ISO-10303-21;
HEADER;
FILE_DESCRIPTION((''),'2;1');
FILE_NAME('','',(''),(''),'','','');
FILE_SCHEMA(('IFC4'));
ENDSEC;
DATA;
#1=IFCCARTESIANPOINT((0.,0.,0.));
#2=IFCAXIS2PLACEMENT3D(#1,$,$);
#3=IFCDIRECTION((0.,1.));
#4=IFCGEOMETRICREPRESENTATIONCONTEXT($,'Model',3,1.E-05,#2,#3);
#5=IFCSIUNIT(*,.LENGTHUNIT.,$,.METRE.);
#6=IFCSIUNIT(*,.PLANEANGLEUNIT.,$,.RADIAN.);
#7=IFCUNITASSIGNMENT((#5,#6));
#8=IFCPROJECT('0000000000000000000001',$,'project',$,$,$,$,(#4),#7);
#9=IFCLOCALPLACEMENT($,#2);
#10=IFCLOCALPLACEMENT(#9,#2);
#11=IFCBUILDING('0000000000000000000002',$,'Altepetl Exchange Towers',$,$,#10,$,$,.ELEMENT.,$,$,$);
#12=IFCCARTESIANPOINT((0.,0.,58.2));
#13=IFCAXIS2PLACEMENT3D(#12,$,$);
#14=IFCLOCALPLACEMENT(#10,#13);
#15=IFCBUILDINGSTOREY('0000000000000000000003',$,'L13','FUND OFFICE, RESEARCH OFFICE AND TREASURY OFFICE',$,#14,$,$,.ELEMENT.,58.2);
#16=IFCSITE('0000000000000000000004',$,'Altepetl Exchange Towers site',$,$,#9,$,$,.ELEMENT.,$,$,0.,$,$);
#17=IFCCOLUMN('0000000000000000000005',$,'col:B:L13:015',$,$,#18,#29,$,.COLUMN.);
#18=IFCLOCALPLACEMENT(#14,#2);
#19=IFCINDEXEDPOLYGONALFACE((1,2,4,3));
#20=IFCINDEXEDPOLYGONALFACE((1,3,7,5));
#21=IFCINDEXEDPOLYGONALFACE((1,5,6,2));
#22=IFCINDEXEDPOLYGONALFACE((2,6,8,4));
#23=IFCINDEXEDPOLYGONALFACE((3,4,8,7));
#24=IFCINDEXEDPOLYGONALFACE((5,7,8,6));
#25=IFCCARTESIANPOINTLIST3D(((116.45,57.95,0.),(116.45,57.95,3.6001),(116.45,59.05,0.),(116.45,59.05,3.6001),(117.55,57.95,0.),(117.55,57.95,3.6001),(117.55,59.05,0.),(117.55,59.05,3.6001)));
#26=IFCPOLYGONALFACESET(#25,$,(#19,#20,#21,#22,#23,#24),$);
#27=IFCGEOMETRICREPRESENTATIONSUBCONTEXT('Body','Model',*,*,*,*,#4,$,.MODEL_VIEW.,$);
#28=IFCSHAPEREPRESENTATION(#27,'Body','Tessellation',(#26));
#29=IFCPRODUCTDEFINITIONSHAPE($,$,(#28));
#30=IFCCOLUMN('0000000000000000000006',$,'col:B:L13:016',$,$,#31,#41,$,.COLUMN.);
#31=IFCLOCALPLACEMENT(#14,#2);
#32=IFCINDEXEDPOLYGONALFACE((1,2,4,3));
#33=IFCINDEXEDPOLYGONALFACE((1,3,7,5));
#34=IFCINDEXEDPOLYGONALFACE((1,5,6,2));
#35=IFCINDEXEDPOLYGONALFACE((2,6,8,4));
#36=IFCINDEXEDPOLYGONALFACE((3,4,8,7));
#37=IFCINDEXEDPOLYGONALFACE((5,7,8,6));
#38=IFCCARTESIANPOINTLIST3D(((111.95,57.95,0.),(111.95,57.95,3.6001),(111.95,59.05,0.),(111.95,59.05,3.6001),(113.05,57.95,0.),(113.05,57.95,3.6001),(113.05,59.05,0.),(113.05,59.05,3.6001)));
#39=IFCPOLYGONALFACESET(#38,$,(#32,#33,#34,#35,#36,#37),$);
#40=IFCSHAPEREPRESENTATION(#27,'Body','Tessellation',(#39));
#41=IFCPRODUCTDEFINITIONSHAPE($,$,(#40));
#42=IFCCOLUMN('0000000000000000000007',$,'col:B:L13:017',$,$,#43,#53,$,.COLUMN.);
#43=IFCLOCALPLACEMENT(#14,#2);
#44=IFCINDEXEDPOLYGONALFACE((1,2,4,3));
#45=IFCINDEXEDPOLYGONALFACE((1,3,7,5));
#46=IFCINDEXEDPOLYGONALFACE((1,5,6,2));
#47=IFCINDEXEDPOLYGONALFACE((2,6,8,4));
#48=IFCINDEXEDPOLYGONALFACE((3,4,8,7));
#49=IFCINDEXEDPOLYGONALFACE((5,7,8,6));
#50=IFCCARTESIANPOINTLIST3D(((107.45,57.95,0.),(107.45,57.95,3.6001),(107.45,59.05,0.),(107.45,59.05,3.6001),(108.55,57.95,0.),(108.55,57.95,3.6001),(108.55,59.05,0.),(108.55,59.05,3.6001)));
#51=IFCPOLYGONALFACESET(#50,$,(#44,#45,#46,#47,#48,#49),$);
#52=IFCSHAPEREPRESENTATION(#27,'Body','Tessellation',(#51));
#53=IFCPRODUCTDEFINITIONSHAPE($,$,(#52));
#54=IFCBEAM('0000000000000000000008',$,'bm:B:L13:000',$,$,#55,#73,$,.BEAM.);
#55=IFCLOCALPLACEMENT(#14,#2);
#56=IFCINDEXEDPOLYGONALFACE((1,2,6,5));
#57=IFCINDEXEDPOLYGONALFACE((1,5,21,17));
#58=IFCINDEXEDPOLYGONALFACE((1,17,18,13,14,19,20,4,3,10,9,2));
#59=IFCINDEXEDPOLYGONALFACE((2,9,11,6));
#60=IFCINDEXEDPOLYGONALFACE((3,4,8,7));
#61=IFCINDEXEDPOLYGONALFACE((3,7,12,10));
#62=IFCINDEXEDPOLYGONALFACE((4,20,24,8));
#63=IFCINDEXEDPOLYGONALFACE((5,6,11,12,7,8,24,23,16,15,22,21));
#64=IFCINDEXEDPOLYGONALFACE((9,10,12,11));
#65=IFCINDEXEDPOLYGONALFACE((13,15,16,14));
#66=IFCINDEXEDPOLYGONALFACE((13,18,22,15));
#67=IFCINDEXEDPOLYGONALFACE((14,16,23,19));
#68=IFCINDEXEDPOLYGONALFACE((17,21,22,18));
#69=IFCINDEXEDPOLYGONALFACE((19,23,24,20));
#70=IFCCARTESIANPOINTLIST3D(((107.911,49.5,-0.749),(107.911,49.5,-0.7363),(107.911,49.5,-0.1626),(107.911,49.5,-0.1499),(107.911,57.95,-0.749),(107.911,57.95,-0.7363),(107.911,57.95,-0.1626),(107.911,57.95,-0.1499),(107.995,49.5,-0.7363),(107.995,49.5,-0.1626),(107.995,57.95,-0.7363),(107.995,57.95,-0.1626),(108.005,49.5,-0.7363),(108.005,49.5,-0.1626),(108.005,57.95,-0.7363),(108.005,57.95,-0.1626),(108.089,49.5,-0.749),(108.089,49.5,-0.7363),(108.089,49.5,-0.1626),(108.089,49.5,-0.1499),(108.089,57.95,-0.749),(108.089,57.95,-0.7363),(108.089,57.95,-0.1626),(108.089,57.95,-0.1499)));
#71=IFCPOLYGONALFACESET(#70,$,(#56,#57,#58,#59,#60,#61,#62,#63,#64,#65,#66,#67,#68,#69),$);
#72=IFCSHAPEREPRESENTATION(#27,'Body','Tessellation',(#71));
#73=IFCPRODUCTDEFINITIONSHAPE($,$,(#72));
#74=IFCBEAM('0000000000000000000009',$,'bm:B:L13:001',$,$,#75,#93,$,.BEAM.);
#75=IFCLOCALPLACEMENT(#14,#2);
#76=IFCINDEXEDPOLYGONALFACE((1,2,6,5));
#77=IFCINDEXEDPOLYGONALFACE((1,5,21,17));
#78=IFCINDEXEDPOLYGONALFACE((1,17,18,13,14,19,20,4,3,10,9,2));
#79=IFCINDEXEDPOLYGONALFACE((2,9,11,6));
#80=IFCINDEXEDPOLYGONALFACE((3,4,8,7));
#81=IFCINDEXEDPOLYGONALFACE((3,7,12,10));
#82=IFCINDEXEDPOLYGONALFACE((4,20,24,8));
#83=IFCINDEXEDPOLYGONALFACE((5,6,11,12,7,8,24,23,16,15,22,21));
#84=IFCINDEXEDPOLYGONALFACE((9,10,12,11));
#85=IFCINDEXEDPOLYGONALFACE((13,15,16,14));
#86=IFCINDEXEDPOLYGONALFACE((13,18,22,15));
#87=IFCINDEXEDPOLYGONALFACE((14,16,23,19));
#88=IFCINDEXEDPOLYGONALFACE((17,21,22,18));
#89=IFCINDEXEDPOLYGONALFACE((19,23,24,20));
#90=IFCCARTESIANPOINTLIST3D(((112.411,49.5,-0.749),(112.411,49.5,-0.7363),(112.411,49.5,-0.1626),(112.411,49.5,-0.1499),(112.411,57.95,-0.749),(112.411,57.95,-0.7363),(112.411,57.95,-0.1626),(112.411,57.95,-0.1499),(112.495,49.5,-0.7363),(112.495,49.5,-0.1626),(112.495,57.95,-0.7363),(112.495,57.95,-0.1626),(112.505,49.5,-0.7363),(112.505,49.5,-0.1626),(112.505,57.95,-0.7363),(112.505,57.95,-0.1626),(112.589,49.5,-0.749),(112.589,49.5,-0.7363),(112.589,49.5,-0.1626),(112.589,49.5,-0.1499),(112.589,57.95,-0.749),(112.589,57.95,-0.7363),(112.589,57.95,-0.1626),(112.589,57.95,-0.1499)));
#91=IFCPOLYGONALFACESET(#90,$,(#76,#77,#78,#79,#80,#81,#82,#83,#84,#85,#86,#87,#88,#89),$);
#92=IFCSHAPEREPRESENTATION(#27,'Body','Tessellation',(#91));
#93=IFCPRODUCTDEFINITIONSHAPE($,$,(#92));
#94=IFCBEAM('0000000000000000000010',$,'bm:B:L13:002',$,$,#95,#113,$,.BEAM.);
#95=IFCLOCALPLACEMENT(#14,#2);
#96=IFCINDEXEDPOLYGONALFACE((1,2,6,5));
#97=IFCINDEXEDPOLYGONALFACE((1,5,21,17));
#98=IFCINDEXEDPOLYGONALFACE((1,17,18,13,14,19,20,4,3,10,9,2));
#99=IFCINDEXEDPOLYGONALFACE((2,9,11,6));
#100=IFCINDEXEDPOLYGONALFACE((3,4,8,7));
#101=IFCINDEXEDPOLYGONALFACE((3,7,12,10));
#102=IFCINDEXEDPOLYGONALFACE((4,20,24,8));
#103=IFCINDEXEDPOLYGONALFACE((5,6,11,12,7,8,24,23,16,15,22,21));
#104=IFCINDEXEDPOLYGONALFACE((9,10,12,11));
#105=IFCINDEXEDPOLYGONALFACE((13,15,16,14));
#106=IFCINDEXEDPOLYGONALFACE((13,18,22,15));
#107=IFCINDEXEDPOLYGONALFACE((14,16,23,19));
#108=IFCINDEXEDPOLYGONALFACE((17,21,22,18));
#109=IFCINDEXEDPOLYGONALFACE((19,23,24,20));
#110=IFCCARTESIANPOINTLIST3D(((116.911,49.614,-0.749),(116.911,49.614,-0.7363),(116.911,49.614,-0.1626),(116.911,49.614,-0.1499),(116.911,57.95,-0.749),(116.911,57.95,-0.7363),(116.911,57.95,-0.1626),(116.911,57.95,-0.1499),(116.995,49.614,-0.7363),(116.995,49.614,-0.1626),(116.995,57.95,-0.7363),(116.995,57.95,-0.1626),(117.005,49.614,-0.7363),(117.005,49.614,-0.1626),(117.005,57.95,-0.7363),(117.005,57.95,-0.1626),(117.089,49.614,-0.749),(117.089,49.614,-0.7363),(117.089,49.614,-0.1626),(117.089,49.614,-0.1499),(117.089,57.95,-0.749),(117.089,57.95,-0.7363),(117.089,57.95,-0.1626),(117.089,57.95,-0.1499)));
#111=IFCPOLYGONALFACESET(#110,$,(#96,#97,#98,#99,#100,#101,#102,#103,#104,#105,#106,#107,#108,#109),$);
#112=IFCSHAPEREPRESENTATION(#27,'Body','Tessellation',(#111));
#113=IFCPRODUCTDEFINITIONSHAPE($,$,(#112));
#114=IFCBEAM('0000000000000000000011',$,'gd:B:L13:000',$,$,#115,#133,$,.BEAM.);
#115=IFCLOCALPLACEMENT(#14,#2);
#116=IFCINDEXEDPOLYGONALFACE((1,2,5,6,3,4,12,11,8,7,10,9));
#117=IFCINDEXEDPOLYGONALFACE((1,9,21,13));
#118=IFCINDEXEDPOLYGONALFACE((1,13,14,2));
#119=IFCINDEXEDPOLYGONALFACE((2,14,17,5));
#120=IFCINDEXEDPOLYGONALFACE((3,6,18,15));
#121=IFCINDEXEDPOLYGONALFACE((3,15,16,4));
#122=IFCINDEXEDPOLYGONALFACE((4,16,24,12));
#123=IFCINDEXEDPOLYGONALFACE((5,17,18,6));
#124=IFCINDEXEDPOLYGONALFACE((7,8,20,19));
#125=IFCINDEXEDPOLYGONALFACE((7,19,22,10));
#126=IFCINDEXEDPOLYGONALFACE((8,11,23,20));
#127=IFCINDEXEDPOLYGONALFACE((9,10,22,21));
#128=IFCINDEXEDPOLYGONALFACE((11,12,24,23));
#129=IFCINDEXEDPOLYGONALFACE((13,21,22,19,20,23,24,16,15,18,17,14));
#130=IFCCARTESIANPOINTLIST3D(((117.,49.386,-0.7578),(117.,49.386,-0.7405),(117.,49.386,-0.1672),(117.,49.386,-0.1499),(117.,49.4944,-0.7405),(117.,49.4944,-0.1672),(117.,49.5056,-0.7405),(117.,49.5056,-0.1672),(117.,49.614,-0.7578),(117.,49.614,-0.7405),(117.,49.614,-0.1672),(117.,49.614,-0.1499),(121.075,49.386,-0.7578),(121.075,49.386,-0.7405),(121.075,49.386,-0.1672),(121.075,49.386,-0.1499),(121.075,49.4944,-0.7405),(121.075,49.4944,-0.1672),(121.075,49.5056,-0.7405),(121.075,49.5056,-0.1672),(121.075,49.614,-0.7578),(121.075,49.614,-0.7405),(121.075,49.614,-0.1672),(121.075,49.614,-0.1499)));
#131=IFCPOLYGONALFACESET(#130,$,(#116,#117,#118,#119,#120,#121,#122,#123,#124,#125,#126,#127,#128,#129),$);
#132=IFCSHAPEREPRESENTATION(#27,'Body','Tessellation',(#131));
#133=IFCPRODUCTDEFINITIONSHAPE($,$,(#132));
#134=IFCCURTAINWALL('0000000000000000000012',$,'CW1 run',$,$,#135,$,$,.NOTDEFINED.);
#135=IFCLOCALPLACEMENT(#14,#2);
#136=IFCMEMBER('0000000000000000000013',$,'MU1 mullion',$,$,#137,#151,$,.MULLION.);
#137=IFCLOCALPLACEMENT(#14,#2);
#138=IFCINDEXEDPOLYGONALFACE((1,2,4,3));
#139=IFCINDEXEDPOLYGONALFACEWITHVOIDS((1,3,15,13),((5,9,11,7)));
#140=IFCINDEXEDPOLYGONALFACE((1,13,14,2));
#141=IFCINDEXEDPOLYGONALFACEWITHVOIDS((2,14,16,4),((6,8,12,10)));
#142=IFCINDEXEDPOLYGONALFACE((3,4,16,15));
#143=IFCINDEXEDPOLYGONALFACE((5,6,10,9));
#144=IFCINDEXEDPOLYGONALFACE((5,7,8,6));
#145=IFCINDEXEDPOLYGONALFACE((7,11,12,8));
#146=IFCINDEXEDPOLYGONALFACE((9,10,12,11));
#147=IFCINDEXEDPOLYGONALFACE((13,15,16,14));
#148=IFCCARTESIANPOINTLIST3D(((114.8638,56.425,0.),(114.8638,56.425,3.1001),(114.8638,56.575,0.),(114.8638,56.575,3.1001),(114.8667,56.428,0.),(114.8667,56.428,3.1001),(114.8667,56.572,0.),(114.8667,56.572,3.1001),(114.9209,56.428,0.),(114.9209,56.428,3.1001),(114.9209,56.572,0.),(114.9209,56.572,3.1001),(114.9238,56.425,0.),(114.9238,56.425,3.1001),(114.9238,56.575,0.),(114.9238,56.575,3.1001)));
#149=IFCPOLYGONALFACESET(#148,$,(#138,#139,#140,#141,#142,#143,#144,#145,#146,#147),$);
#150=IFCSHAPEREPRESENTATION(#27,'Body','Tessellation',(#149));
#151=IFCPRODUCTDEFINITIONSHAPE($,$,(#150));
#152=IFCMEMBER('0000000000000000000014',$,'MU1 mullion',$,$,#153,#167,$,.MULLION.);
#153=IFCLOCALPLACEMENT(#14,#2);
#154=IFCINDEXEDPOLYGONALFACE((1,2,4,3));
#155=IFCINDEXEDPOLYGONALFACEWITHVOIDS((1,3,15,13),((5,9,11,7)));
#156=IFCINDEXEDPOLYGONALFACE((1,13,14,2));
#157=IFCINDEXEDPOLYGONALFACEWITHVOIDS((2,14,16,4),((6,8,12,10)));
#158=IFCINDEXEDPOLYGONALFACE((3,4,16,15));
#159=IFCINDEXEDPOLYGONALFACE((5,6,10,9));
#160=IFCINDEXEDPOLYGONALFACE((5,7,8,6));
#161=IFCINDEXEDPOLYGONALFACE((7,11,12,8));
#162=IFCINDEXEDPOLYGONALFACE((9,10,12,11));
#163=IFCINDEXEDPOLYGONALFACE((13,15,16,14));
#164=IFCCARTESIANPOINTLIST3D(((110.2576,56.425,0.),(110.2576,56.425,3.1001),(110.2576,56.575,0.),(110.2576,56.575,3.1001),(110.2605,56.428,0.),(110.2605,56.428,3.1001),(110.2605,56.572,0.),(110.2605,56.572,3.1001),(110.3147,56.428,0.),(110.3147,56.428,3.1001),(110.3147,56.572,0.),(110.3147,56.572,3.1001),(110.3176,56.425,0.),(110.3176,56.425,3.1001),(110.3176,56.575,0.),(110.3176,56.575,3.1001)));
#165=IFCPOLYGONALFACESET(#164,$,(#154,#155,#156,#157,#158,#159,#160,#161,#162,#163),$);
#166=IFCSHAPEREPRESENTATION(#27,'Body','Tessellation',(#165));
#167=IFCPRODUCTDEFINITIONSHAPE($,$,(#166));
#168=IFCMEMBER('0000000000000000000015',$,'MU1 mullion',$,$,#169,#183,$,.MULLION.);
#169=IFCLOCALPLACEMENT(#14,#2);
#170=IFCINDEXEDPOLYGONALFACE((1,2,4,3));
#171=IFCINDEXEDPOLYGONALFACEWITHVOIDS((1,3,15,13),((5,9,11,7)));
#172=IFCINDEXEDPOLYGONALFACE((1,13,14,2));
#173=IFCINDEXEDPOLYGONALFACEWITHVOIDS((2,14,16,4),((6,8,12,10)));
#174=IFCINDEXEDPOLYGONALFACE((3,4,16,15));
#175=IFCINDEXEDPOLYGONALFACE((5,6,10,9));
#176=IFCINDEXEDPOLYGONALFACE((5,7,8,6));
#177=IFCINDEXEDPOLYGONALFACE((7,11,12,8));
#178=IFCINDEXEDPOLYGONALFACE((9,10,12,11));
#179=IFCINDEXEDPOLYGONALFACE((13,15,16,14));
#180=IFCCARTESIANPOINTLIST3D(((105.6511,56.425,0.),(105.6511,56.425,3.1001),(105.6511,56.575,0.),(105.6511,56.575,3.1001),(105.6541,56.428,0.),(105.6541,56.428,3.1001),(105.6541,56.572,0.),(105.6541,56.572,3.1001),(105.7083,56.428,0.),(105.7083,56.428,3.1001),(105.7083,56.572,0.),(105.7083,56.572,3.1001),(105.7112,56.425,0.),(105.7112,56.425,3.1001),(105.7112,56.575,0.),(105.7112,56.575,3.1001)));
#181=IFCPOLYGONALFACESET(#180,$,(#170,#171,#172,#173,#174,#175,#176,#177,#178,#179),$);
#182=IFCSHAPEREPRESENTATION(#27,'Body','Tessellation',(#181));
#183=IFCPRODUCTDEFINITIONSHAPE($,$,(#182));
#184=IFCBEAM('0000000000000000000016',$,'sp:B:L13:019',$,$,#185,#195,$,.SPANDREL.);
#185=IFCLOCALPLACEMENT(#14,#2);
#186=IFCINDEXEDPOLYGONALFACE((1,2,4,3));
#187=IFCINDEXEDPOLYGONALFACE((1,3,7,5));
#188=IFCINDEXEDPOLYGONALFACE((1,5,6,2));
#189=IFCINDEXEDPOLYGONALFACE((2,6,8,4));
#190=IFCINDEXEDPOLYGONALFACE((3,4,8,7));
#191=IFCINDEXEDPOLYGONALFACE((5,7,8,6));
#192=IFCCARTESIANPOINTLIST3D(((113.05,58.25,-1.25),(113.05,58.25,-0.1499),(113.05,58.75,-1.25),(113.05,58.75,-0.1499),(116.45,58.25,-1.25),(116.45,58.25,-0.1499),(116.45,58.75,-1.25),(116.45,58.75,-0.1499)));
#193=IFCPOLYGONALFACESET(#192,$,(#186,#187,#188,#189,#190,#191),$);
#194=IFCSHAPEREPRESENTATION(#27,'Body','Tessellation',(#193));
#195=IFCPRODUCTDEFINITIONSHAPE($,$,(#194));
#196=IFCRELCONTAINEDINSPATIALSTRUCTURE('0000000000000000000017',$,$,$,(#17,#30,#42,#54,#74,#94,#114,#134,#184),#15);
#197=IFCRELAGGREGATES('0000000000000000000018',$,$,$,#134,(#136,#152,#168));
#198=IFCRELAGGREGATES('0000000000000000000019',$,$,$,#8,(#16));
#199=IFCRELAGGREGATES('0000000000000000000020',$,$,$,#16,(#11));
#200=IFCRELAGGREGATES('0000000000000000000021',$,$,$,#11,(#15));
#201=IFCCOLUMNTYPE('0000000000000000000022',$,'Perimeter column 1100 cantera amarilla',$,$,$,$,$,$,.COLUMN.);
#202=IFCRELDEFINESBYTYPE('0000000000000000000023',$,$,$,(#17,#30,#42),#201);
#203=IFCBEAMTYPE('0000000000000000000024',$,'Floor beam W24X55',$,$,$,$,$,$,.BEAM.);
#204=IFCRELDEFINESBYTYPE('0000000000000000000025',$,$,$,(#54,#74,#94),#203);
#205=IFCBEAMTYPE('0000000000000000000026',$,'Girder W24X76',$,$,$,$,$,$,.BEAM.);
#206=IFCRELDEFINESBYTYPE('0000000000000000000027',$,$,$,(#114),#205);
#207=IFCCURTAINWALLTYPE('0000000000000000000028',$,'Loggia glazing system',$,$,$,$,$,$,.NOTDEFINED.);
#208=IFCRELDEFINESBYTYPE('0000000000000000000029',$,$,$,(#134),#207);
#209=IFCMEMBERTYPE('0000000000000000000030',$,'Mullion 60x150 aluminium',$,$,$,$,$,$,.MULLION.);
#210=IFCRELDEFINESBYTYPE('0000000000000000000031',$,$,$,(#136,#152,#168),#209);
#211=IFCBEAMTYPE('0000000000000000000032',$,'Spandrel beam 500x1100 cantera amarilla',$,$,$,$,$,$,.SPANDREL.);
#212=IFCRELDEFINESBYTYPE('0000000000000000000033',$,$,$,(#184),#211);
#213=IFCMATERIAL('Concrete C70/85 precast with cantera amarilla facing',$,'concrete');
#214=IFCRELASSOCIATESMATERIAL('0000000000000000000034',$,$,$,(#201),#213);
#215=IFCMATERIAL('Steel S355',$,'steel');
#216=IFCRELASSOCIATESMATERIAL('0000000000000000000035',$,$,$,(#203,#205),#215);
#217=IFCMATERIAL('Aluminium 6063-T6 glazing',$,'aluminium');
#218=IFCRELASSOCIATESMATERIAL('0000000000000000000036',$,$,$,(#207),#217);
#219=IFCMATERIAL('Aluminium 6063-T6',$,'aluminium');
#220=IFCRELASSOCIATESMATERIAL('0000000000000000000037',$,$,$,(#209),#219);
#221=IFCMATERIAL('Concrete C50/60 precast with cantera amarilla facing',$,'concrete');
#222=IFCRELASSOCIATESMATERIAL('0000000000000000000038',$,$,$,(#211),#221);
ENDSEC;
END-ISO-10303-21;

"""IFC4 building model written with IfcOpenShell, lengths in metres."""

from ifc_helpers import new_model, si_unit, direction, frame, origin, origin_2d, place, context, subcontext, project, spatial, rectangle, hollow_rectangle, i_section, extrude, material, material_profile, profile_set, type_object, element, aggregate, save


model = new_model("IFC4")

# Units and contexts
model_context = context("Model", 3, precision=1e-05, world=origin(), true_north=direction((0.0, 1.0)))
body_context = subcontext(model_context, "Body", "Model", "MODEL_VIEW")
ifc_project = project(units=[si_unit("LENGTHUNIT", "METRE"), si_unit("PLANEANGLEUNIT", "RADIAN")], contexts=[model_context])

# Site, building, storey
site_placement = place(None, origin())
site = spatial("IfcSite", under=ifc_project, at=site_placement, Name="Altepetl Exchange Towers site", CompositionType="ELEMENT", RefElevation=0.0)
building_placement = place(site_placement, origin())
building = spatial("IfcBuilding", under=site, at=building_placement, Name="Altepetl Exchange Towers", CompositionType="ELEMENT")
storey_placement = place(building_placement, frame((0.0, 0.0, 58.2)))
storey = spatial("IfcBuildingStorey", under=building, at=storey_placement, Name="L13", Description="FUND OFFICE, RESEARCH OFFICE AND TREASURY OFFICE", CompositionType="ELEMENT", Elevation=58.2)

# Columns
ifc_material_1 = material(Name="Concrete C70/85 precast with cantera amarilla facing", Category="concrete")
ifc_material_profile_1 = material_profile(ifc_material_1, rectangle(XDim=1.1001, YDim=1.1001, at=origin_2d()), Name="1100 x 1100")
ifc_profile_set_1 = profile_set([ifc_material_profile_1], Name="Concrete C70/85 precast with cantera amarilla facing")
column_type = type_object("IfcColumnType", Name="Perimeter column 1100 cantera amarilla", PredefinedType="COLUMN", material=ifc_profile_set_1)
for number, where, name in (
    (1, (117.0, 58.5, 0.0), "col:B:L13:015"),
    (2, (112.5, 58.5, 0.0), "col:B:L13:016"),
    (3, (108.0, 58.5, 0.0), "col:B:L13:017"),
):
    element("IfcColumn", number, at=place(storey_placement, frame(where)), inside=storey, type_object=column_type, Name=name, PredefinedType="COLUMN", context=body_context, shape_type="SweptSolid", body=[
        extrude(rectangle(XDim=1.1001, YDim=1.1001, at=origin_2d()), origin(), (0.0, 0.0, 1.0), 3.6001),
    ])

# Beams
ifc_material_2 = material(Name="Steel S355", Category="steel")
ifc_material_profile_2 = material_profile(ifc_material_2, i_section(OverallWidth=0.178, OverallDepth=0.5991, WebThickness=0.01, FlangeThickness=0.0127, at=origin_2d()), Name="W24X55")
ifc_profile_set_2 = profile_set([ifc_material_profile_2], Name="Steel S355")
beam_type_1 = type_object("IfcBeamType", Name="Floor beam W24X55", PredefinedType="BEAM", material=ifc_profile_set_2)
for number, where, z_axis, x_axis, name in (
    (4, (108.0, 49.5, -0.4495), (0.0, 1.0, 0.0), (-1.0, 0.0, 0.0), "bm:B:L13:000"),
    (5, (112.5, 49.5, -0.4495), (0.0, 1.0, 0.0), (-1.0, 0.0, 0.0), "bm:B:L13:001"),
):
    element("IfcBeam", number, at=place(storey_placement, frame(where, z_axis=z_axis, x_axis=x_axis)), inside=storey, type_object=beam_type_1, Name=name, PredefinedType="BEAM", context=body_context, shape_type="SweptSolid", body=[
        extrude(i_section(OverallWidth=0.178, OverallDepth=0.5991, WebThickness=0.01, FlangeThickness=0.0127, at=origin_2d()), origin(), (0.0, 0.0, 1.0), 8.45),
    ])
beam_1_placement = place(storey_placement, frame((117.0, 49.614, -0.4495), z_axis=(0.0, 1.0, 0.0), x_axis=(-1.0, 0.0, 0.0)))
element("IfcBeam", 6, at=beam_1_placement, inside=storey, type_object=beam_type_1, Name="bm:B:L13:002", PredefinedType="BEAM", context=body_context, shape_type="SweptSolid", body=[
    extrude(i_section(OverallWidth=0.178, OverallDepth=0.5991, WebThickness=0.01, FlangeThickness=0.0127, at=origin_2d()), origin(), (0.0, 0.0, 1.0), 8.3359),
])
ifc_material_profile_3 = material_profile(ifc_material_2, i_section(OverallWidth=0.228, OverallDepth=0.6079, WebThickness=0.0112, FlangeThickness=0.0173, at=origin_2d()), Name="W24X76")
ifc_profile_set_3 = profile_set([ifc_material_profile_3], Name="Steel S355")
beam_type_2 = type_object("IfcBeamType", Name="Girder W24X76", PredefinedType="BEAM", material=ifc_profile_set_3)
beam_2_placement = place(storey_placement, frame((117.0, 49.5, -0.4539), z_axis=(1.0, 0.0, 0.0), x_axis=(0.0, 1.0, 0.0)))
element("IfcBeam", 7, at=beam_2_placement, inside=storey, type_object=beam_type_2, Name="gd:B:L13:000", PredefinedType="BEAM", context=body_context, shape_type="SweptSolid", body=[
    extrude(i_section(OverallWidth=0.228, OverallDepth=0.6079, WebThickness=0.0112, FlangeThickness=0.0173, at=origin_2d()), origin(), (0.0, 0.0, 1.0), 4.075),
])

# Curtain wall, members
ifc_material_3 = material(Name="Aluminium 6063-T6 glazing", Category="aluminium")
curtain_wall_type = type_object("IfcCurtainWallType", Name="Loggia glazing system", PredefinedType="NOTDEFINED", material=ifc_material_3)
curtain_wall_placement = place(storey_placement, origin())
curtain_wall = element("IfcCurtainWall", 8, at=curtain_wall_placement, inside=storey, type_object=curtain_wall_type, Name="CW1 run", PredefinedType="NOTDEFINED")
ifc_material_4 = material(Name="Aluminium 6063-T6", Category="aluminium")
ifc_material_profile_4 = material_profile(ifc_material_4, hollow_rectangle(XDim=0.0601, YDim=0.1499, WallThickness=0.0029, at=origin_2d()), Name="Mullion 60x150 aluminium")
ifc_profile_set_4 = profile_set([ifc_material_profile_4], Name="Aluminium 6063-T6")
member_type = type_object("IfcMemberType", Name="Mullion 60x150 aluminium", PredefinedType="MULLION", material=ifc_profile_set_4)
member_1_placement = place(storey_placement, frame((114.8938, 56.5, 0.0), z_axis=(0.0, 0.0, 1.0), x_axis=(-1.0, 0.0, 0.0)))
member_1 = element("IfcMember", 9, at=member_1_placement, type_object=member_type, Name="MU1 mullion", PredefinedType="MULLION", context=body_context, shape_type="SweptSolid", body=[
    extrude(hollow_rectangle(XDim=0.0601, YDim=0.1499, WallThickness=0.0029, at=origin_2d()), origin(), (0.0, 0.0, 1.0), 3.1001),
])
member_2_placement = place(storey_placement, frame((110.2876, 56.5, 0.0), z_axis=(0.0, 0.0, 1.0), x_axis=(-1.0, 0.0, 0.0)))
member_2 = element("IfcMember", 10, at=member_2_placement, type_object=member_type, Name="MU1 mullion", PredefinedType="MULLION", context=body_context, shape_type="SweptSolid", body=[
    extrude(hollow_rectangle(XDim=0.0601, YDim=0.1499, WallThickness=0.0029, at=origin_2d()), origin(), (0.0, 0.0, 1.0), 3.1001),
])
member_3_placement = place(storey_placement, frame((105.6812, 56.5, 0.0), z_axis=(0.0, 0.0, 1.0), x_axis=(-1.0, 0.0, 0.0)))
member_3 = element("IfcMember", 11, at=member_3_placement, type_object=member_type, Name="MU1 mullion", PredefinedType="MULLION", context=body_context, shape_type="SweptSolid", body=[
    extrude(hollow_rectangle(XDim=0.0601, YDim=0.1499, WallThickness=0.0029, at=origin_2d()), origin(), (0.0, 0.0, 1.0), 3.1001),
])

# Beam
ifc_material_5 = material(Name="Concrete C50/60 precast with cantera amarilla facing", Category="concrete")
ifc_material_profile_5 = material_profile(ifc_material_5, rectangle(XDim=0.5, YDim=1.1001, at=origin_2d()), Name="500 x 1100")
ifc_profile_set_5 = profile_set([ifc_material_profile_5], Name="Concrete C50/60 precast with cantera amarilla facing")
beam_type_3 = type_object("IfcBeamType", Name="Spandrel beam 500x1100 cantera amarilla", PredefinedType="SPANDREL", material=ifc_profile_set_5)
for number, where, z_axis, x_axis, name in (
    (12, (116.45, 58.5, -0.7), (-1.0, 0.0, 0.0), (0.0, -1.0, 0.0), "sp:B:L13:019"),
):
    element("IfcBeam", number, at=place(storey_placement, frame(where, z_axis=z_axis, x_axis=x_axis)), inside=storey, type_object=beam_type_3, Name=name, PredefinedType="SPANDREL", context=body_context, shape_type="SweptSolid", body=[
        extrude(rectangle(XDim=0.5, YDim=1.1001, at=origin_2d()), origin(), (0.0, 0.0, 1.0), 3.3999),
    ])

aggregate(curtain_wall, [member_1, member_2, member_3])

save(model, "model.ifc")
